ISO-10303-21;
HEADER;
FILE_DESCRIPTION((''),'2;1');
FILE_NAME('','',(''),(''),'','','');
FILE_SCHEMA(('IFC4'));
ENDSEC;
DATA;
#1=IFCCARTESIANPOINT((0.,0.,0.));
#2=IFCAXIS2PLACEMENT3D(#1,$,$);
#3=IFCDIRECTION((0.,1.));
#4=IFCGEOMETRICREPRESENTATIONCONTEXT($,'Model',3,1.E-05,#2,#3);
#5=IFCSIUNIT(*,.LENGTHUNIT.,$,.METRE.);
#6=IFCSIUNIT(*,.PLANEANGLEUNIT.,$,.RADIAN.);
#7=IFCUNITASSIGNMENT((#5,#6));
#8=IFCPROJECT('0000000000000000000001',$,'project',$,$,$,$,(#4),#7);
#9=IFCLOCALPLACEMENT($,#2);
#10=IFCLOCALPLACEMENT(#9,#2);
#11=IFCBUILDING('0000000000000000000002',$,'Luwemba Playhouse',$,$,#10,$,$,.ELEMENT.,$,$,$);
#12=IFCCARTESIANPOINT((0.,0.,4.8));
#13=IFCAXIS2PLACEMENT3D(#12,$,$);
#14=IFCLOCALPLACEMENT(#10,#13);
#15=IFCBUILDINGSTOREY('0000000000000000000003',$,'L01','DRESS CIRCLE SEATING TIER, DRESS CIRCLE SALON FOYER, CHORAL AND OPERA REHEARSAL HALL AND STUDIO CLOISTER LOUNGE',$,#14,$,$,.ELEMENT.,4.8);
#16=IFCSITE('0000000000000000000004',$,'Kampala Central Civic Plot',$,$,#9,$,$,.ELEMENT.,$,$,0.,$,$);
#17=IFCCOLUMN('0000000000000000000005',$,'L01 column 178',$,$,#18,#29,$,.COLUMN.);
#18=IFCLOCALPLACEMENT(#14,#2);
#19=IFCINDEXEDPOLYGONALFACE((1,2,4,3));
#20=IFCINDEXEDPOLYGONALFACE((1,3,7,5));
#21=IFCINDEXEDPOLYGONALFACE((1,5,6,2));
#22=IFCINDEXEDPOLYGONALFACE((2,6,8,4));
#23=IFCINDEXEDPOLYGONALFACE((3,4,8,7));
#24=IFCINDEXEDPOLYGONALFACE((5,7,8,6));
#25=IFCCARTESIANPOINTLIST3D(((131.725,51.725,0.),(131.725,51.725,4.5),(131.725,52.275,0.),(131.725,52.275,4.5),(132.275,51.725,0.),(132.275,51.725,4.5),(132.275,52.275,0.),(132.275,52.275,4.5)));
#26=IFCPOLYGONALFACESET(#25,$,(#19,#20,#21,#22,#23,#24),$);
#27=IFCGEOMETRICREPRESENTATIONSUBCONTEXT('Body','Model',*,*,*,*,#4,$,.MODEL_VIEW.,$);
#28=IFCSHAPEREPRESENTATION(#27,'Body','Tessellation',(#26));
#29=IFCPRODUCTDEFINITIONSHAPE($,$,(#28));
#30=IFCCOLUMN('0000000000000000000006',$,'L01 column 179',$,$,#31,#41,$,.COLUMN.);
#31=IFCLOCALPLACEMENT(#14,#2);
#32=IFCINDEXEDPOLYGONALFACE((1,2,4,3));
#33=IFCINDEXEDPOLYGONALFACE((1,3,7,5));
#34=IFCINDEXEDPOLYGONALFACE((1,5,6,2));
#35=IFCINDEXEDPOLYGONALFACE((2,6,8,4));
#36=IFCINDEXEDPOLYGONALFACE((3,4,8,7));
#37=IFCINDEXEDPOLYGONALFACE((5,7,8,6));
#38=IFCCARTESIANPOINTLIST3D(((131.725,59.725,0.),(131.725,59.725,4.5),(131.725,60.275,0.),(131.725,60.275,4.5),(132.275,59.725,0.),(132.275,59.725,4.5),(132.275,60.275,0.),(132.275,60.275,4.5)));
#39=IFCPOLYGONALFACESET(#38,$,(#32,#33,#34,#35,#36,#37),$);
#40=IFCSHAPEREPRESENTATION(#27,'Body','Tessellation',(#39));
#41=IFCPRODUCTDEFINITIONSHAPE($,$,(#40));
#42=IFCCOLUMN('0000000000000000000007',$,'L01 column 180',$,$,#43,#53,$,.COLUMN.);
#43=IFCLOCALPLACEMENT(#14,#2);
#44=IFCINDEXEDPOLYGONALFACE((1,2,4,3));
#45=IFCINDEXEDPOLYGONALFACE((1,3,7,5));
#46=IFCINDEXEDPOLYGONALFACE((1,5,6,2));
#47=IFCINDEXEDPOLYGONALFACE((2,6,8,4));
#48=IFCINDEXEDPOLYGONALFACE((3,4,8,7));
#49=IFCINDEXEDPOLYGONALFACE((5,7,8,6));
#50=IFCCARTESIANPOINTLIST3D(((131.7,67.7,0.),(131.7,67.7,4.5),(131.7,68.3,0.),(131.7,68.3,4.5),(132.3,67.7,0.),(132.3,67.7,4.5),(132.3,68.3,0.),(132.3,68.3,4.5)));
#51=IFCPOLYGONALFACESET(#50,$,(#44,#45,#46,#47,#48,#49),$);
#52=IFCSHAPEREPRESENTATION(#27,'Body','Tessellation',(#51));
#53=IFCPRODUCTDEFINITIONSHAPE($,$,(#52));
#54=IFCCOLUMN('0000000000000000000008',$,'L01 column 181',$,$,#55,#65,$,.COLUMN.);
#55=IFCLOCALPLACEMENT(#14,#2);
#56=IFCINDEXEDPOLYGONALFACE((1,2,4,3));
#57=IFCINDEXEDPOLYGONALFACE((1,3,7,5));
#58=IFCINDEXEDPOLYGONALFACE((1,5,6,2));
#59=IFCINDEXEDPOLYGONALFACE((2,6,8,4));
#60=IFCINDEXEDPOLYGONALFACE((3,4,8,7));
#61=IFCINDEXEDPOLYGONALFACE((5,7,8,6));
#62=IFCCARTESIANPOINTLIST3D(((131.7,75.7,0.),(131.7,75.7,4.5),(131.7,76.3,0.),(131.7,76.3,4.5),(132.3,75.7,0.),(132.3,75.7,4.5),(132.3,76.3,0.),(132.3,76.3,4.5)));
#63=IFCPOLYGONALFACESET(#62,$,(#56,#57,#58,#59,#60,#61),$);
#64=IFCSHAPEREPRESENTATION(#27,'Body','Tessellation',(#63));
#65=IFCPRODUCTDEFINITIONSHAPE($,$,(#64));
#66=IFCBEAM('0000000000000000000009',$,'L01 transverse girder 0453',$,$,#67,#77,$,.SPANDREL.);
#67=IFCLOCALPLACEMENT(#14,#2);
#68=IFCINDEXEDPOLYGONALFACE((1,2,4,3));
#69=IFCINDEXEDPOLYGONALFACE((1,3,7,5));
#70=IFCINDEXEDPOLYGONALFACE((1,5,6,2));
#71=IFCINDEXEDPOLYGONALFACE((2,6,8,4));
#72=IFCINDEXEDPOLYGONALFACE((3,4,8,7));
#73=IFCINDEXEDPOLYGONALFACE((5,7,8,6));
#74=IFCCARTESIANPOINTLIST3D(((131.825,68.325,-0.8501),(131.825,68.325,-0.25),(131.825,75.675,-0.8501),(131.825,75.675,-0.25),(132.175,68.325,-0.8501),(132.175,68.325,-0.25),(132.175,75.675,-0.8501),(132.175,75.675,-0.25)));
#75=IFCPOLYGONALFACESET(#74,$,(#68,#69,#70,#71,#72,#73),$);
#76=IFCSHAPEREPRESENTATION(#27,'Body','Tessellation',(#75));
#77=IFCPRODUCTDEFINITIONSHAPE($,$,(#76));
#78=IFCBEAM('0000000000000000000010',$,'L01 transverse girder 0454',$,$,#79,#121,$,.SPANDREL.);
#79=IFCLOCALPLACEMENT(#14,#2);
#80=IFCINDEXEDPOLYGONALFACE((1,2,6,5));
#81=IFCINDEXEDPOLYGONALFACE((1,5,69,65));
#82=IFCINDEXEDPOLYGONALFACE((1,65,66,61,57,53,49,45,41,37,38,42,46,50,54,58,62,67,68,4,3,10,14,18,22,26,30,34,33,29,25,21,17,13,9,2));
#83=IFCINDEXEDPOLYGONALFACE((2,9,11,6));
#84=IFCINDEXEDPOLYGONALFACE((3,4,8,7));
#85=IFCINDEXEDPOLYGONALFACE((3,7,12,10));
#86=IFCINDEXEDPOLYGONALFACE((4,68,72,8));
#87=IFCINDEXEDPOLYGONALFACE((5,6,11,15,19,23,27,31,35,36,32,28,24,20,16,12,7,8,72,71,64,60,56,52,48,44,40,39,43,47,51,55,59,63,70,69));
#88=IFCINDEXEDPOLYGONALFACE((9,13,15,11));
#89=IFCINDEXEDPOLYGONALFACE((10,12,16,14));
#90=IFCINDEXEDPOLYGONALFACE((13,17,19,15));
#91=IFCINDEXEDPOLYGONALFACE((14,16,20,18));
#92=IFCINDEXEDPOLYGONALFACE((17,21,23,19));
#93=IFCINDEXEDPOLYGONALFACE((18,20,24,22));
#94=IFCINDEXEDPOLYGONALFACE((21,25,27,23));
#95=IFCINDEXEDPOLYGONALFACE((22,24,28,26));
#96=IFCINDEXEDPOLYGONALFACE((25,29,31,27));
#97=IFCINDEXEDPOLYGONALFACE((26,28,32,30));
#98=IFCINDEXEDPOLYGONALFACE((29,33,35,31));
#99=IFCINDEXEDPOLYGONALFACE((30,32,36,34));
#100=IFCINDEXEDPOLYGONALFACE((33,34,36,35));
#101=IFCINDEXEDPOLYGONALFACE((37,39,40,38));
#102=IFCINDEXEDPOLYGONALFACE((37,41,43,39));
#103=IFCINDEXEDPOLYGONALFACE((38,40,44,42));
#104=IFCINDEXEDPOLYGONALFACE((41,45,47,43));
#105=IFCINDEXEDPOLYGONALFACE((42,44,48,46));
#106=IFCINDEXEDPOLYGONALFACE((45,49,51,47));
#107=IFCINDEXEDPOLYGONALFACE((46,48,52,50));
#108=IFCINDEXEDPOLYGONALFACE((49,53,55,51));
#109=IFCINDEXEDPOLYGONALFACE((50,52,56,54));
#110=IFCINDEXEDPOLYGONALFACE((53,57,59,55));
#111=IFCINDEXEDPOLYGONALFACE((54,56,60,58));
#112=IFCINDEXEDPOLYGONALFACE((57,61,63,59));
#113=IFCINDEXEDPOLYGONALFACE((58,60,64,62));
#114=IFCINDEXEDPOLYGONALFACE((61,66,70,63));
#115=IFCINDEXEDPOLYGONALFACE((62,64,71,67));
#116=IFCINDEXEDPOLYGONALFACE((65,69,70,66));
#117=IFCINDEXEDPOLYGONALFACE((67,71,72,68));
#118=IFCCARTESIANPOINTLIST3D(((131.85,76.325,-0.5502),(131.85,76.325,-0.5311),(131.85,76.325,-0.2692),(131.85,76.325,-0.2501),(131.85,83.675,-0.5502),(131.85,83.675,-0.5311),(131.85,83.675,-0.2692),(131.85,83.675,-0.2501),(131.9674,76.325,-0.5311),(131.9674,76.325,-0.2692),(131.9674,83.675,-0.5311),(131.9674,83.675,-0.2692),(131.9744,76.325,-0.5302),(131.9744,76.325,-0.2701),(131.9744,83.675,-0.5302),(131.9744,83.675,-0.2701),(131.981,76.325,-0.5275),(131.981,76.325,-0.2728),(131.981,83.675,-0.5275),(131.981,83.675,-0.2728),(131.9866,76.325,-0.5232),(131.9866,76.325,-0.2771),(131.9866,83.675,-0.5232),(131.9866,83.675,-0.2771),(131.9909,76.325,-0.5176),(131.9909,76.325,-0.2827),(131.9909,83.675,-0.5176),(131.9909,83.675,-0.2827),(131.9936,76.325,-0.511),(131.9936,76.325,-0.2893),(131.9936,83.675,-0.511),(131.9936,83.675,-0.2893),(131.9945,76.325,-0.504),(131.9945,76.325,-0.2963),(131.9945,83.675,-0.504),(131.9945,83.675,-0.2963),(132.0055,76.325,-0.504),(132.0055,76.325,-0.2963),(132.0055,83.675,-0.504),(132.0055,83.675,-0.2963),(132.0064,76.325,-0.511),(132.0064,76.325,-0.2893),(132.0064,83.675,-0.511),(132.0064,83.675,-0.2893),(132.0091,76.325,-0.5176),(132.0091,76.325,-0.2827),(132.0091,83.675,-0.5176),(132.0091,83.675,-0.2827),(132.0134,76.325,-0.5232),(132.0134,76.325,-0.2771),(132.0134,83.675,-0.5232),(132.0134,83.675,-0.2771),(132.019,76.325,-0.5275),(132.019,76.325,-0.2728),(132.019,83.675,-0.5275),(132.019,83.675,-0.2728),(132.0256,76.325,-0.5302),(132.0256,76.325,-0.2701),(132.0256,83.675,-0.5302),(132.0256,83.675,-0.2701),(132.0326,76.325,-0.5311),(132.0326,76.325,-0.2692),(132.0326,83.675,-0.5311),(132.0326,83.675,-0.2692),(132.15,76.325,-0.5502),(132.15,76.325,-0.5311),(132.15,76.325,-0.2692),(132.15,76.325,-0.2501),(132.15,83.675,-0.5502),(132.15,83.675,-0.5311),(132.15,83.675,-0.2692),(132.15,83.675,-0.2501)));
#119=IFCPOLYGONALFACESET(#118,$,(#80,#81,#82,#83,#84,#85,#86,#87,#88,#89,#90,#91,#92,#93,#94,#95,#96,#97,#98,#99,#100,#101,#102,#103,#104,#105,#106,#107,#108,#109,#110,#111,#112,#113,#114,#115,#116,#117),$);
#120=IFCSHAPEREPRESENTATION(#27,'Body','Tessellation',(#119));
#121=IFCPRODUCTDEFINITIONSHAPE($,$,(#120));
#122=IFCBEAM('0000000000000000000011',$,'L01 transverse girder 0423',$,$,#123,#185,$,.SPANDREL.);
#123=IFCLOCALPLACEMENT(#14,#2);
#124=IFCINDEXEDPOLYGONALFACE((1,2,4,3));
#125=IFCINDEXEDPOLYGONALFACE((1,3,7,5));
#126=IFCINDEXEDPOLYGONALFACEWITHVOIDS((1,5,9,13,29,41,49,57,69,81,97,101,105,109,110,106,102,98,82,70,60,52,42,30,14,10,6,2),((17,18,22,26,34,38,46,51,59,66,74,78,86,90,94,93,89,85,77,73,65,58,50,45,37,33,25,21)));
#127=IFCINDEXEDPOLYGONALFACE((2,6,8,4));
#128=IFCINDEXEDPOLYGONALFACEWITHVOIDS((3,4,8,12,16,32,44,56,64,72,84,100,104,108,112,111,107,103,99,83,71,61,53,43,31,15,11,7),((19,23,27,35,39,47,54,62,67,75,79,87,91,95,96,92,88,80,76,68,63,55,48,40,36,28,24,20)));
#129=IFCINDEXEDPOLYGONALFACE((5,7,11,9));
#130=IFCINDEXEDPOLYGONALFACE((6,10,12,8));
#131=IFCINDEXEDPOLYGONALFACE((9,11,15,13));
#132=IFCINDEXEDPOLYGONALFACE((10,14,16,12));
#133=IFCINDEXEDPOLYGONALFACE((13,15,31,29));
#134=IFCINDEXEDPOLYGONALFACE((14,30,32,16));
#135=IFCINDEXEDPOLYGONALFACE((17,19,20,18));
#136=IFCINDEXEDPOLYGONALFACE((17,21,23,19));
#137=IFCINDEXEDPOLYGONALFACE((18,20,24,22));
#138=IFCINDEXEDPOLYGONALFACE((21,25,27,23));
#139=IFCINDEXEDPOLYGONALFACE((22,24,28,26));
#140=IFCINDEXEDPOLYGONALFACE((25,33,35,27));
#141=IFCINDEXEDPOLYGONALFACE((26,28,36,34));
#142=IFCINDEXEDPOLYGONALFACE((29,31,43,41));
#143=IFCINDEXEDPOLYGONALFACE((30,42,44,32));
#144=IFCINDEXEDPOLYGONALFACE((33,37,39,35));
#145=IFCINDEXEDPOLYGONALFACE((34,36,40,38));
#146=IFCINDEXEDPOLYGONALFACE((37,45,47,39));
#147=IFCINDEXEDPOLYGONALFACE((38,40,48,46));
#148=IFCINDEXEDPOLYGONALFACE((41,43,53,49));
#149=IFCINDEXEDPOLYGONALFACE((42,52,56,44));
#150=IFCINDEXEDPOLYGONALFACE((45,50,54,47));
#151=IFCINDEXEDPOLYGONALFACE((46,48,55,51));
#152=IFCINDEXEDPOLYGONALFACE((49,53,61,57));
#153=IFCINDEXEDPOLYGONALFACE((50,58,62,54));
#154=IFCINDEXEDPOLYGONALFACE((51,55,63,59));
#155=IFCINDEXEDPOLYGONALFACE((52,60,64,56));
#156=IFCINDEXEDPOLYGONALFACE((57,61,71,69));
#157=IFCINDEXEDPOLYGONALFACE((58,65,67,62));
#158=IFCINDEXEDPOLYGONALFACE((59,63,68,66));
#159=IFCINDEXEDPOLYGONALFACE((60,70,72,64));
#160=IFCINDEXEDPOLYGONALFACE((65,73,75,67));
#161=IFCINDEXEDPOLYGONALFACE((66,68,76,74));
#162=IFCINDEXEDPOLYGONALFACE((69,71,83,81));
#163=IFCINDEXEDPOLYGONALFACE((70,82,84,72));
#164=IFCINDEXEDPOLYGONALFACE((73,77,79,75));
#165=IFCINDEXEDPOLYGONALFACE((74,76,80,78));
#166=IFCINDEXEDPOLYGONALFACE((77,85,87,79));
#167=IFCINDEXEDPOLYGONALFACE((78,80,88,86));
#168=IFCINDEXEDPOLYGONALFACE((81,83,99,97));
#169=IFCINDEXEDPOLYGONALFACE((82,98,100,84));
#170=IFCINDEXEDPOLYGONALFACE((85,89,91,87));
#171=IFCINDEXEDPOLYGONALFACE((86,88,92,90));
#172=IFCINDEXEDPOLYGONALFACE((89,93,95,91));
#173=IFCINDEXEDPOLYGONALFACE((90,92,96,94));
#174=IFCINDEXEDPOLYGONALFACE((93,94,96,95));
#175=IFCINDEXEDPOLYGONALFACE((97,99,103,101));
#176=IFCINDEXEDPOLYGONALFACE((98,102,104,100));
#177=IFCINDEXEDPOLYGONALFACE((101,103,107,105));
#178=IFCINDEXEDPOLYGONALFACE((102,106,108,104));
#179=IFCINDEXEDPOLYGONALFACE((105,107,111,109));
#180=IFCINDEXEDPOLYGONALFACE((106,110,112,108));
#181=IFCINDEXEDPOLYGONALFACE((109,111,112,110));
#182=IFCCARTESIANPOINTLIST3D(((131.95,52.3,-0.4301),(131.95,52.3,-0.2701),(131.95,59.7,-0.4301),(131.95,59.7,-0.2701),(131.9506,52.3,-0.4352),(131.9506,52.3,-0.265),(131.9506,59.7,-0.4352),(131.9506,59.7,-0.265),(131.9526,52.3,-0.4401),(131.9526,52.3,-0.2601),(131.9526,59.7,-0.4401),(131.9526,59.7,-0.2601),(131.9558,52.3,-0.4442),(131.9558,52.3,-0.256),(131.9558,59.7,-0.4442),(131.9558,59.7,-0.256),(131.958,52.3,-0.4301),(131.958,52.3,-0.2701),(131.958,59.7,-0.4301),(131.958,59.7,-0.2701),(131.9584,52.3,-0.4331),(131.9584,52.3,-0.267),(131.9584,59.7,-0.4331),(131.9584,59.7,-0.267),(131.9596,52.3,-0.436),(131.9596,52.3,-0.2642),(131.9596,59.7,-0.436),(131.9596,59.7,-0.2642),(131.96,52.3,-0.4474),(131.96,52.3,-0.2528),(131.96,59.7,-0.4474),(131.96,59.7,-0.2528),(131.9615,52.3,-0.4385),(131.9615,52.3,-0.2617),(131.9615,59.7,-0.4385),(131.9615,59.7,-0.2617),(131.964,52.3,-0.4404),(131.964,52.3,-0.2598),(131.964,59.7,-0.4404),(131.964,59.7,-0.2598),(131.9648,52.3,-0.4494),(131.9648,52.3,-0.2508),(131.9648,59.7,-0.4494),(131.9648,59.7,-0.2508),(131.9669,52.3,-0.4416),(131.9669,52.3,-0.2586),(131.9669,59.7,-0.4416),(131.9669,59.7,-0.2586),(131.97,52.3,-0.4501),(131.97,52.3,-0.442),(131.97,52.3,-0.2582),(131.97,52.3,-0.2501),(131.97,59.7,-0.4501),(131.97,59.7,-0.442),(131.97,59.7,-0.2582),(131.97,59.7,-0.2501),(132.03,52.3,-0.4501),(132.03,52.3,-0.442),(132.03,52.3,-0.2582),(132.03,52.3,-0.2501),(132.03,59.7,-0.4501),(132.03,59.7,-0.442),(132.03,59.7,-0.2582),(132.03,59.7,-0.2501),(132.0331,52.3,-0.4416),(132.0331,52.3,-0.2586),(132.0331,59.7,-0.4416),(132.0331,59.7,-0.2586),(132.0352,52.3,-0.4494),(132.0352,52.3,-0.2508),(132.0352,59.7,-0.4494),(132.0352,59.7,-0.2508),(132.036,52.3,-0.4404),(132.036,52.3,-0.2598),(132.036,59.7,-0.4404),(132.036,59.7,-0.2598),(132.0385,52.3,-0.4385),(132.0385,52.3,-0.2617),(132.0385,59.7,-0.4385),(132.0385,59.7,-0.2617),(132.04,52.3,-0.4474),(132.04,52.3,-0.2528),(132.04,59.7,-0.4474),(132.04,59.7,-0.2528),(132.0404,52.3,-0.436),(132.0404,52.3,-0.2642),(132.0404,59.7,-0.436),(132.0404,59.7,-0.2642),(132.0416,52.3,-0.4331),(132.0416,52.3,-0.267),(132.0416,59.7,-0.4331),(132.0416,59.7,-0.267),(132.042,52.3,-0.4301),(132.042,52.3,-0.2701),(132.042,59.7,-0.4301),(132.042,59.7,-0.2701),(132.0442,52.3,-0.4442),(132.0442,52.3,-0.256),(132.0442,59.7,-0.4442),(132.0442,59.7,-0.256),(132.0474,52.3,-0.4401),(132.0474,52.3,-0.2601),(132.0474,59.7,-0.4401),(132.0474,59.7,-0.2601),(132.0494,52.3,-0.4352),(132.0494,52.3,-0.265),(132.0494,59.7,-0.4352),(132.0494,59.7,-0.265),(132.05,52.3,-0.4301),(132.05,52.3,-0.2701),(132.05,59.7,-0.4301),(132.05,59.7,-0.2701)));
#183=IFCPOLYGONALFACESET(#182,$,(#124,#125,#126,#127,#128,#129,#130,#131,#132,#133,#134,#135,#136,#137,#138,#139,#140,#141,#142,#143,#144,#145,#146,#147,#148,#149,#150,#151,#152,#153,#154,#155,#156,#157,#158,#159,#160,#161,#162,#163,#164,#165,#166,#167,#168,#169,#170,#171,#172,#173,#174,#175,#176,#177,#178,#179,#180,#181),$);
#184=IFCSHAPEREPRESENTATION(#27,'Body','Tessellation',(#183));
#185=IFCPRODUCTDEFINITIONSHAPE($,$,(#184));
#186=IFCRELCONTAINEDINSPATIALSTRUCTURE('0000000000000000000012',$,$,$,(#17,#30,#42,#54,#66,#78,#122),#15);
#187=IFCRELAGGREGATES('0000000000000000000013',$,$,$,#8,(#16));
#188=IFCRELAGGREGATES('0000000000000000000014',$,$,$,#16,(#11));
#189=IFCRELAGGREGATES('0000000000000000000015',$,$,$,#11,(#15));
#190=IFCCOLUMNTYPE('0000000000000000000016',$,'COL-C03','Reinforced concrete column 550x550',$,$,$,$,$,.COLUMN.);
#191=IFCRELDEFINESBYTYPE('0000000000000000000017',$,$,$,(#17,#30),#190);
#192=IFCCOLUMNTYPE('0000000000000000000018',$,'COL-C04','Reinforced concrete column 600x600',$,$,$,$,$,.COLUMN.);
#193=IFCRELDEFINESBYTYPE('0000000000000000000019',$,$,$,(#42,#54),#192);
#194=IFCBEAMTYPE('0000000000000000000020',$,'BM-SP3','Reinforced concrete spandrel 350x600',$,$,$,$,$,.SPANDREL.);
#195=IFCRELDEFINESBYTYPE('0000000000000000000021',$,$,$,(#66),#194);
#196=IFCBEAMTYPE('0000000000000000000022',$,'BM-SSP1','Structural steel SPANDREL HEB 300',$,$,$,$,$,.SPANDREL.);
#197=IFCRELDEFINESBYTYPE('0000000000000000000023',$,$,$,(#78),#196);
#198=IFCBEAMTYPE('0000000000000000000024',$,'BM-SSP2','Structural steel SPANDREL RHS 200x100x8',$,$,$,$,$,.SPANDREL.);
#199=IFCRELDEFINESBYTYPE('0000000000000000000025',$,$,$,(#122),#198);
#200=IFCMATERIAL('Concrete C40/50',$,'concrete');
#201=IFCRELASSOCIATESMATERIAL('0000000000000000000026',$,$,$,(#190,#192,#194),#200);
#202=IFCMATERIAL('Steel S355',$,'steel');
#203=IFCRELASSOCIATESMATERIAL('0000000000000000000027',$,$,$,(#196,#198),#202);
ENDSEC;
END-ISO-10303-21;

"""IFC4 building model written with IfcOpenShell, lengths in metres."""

from ifc_helpers import new_model, si_unit, direction, frame, origin, origin_2d, place, context, subcontext, project, spatial, rectangle, hollow_rectangle, i_section, extrude, material, material_profile, profile_set, type_object, element, save


model = new_model("IFC4")

# Units and contexts
model_context = context("Model", 3, precision=1e-05, world=origin(), true_north=direction((0.0, 1.0)))
body_context = subcontext(model_context, "Body", "Model", "MODEL_VIEW")
ifc_project = project(units=[si_unit("LENGTHUNIT", "METRE"), si_unit("PLANEANGLEUNIT", "RADIAN")], contexts=[model_context])

# Site, building, storey
site_placement = place(None, origin())
site = spatial("IfcSite", under=ifc_project, at=site_placement, Name="Kampala Central Civic Plot", CompositionType="ELEMENT", RefElevation=0.0)
building_placement = place(site_placement, origin())
building = spatial("IfcBuilding", under=site, at=building_placement, Name="Luwemba Playhouse", CompositionType="ELEMENT")
storey_placement = place(building_placement, frame((0.0, 0.0, 4.8)))
storey = spatial("IfcBuildingStorey", under=building, at=storey_placement, Name="L01", Description="DRESS CIRCLE SEATING TIER, DRESS CIRCLE SALON FOYER, CHORAL AND OPERA REHEARSAL HALL AND STUDIO CLOISTER LOUNGE", CompositionType="ELEMENT", Elevation=4.8)

# Columns
ifc_material_1 = material(Name="Concrete C40/50", Category="concrete")
ifc_material_profile_1 = material_profile(ifc_material_1, rectangle(XDim=0.55, YDim=0.55, at=origin_2d()))
ifc_profile_set_1 = profile_set([ifc_material_profile_1], Name="Concrete C40/50")
column_type_1 = type_object("IfcColumnType", Name="COL-C03", Description="Reinforced concrete column 550x550", PredefinedType="COLUMN", material=ifc_profile_set_1)
for number, where, z_axis, x_axis, name in (
    (1, (132.0, 52.0, 0.0), (0.0, 0.0, 1.0), (1.0, 0.0, 0.0), "L01 column 178"),
    (2, (132.0, 60.0, 0.0), (0.0, 0.0, 1.0), (1.0, 0.0, 0.0), "L01 column 179"),
):
    element("IfcColumn", number, at=place(storey_placement, frame(where, z_axis=z_axis, x_axis=x_axis)), inside=storey, type_object=column_type_1, Name=name, PredefinedType="COLUMN", context=body_context, shape_type="SweptSolid", body=[
        extrude(rectangle(XDim=0.55, YDim=0.55, at=origin_2d()), origin(), (0.0, 0.0, 1.0), 4.5),
    ])
ifc_material_profile_2 = material_profile(ifc_material_1, rectangle(XDim=0.6001, YDim=0.6001, at=origin_2d()))
ifc_profile_set_2 = profile_set([ifc_material_profile_2], Name="Concrete C40/50")
column_type_2 = type_object("IfcColumnType", Name="COL-C04", Description="Reinforced concrete column 600x600", PredefinedType="COLUMN", material=ifc_profile_set_2)
for number, where, z_axis, x_axis, name in (
    (3, (132.0, 68.0, 0.0), (0.0, 0.0, 1.0), (1.0, 0.0, 0.0), "L01 column 180"),
    (4, (132.0, 76.0, 0.0), (0.0, 0.0, 1.0), (1.0, 0.0, 0.0), "L01 column 181"),
):
    element("IfcColumn", number, at=place(storey_placement, frame(where, z_axis=z_axis, x_axis=x_axis)), inside=storey, type_object=column_type_2, Name=name, PredefinedType="COLUMN", context=body_context, shape_type="SweptSolid", body=[
        extrude(rectangle(XDim=0.6001, YDim=0.6001, at=origin_2d()), origin(), (0.0, 0.0, 1.0), 4.5),
    ])

# Beams
ifc_material_profile_3 = material_profile(ifc_material_1, rectangle(XDim=0.3501, YDim=0.6001, at=origin_2d()))
ifc_profile_set_3 = profile_set([ifc_material_profile_3], Name="Concrete C40/50")
beam_type_1 = type_object("IfcBeamType", Name="BM-SP3", Description="Reinforced concrete spandrel 350x600", PredefinedType="SPANDREL", material=ifc_profile_set_3)
beam_1_placement = place(storey_placement, frame((132.0, 68.325, -0.55), z_axis=(0.0, 1.0, 0.0), x_axis=(-1.0, 0.0, 0.0)))
element("IfcBeam", 5, at=beam_1_placement, inside=storey, type_object=beam_type_1, Name="L01 transverse girder 0453", PredefinedType="SPANDREL", context=body_context, shape_type="SweptSolid", body=[
    extrude(rectangle(XDim=0.3501, YDim=0.6001, at=origin_2d()), origin(), (0.0, 0.0, 1.0), 7.3501),
])
ifc_material_2 = material(Name="Steel S355", Category="steel")
ifc_material_profile_4 = material_profile(ifc_material_2, i_section(OverallWidth=0.3, OverallDepth=0.3, WebThickness=0.011, FlangeThickness=0.019, FilletRadius=0.0271, at=origin_2d()))
ifc_profile_set_4 = profile_set([ifc_material_profile_4], Name="Steel S355")
beam_type_2 = type_object("IfcBeamType", Name="BM-SSP1", Description="Structural steel SPANDREL HEB 300", PredefinedType="SPANDREL", material=ifc_profile_set_4)
beam_2_placement = place(storey_placement, frame((132.0, 76.325, -0.4001), z_axis=(0.0, 1.0, 0.0), x_axis=(-1.0, 0.0, 0.0)))
element("IfcBeam", 6, at=beam_2_placement, inside=storey, type_object=beam_type_2, Name="L01 transverse girder 0454", PredefinedType="SPANDREL", context=body_context, shape_type="SweptSolid", body=[
    extrude(i_section(OverallWidth=0.3, OverallDepth=0.3, WebThickness=0.011, FlangeThickness=0.019, FilletRadius=0.0271, at=origin_2d()), origin(), (0.0, 0.0, 1.0), 7.3501),
])
ifc_material_profile_5 = material_profile(ifc_material_2, hollow_rectangle(XDim=0.1001, YDim=0.2, WallThickness=0.0081, InnerFilletRadius=0.012, OuterFilletRadius=0.02, at=origin_2d()))
ifc_profile_set_5 = profile_set([ifc_material_profile_5], Name="Steel S355")
beam_type_3 = type_object("IfcBeamType", Name="BM-SSP2", Description="Structural steel SPANDREL RHS 200x100x8", PredefinedType="SPANDREL", material=ifc_profile_set_5)
beam_3_placement = place(storey_placement, frame((132.0, 52.3, -0.3501), z_axis=(0.0, 1.0, 0.0), x_axis=(-1.0, 0.0, 0.0)))
element("IfcBeam", 7, at=beam_3_placement, inside=storey, type_object=beam_type_3, Name="L01 transverse girder 0423", PredefinedType="SPANDREL", context=body_context, shape_type="SweptSolid", body=[
    extrude(hollow_rectangle(XDim=0.1001, YDim=0.2, WallThickness=0.0081, InnerFilletRadius=0.012, OuterFilletRadius=0.02, at=origin_2d()), origin(), (0.0, 0.0, 1.0), 7.3999),
])

save(model, "model.ifc")
